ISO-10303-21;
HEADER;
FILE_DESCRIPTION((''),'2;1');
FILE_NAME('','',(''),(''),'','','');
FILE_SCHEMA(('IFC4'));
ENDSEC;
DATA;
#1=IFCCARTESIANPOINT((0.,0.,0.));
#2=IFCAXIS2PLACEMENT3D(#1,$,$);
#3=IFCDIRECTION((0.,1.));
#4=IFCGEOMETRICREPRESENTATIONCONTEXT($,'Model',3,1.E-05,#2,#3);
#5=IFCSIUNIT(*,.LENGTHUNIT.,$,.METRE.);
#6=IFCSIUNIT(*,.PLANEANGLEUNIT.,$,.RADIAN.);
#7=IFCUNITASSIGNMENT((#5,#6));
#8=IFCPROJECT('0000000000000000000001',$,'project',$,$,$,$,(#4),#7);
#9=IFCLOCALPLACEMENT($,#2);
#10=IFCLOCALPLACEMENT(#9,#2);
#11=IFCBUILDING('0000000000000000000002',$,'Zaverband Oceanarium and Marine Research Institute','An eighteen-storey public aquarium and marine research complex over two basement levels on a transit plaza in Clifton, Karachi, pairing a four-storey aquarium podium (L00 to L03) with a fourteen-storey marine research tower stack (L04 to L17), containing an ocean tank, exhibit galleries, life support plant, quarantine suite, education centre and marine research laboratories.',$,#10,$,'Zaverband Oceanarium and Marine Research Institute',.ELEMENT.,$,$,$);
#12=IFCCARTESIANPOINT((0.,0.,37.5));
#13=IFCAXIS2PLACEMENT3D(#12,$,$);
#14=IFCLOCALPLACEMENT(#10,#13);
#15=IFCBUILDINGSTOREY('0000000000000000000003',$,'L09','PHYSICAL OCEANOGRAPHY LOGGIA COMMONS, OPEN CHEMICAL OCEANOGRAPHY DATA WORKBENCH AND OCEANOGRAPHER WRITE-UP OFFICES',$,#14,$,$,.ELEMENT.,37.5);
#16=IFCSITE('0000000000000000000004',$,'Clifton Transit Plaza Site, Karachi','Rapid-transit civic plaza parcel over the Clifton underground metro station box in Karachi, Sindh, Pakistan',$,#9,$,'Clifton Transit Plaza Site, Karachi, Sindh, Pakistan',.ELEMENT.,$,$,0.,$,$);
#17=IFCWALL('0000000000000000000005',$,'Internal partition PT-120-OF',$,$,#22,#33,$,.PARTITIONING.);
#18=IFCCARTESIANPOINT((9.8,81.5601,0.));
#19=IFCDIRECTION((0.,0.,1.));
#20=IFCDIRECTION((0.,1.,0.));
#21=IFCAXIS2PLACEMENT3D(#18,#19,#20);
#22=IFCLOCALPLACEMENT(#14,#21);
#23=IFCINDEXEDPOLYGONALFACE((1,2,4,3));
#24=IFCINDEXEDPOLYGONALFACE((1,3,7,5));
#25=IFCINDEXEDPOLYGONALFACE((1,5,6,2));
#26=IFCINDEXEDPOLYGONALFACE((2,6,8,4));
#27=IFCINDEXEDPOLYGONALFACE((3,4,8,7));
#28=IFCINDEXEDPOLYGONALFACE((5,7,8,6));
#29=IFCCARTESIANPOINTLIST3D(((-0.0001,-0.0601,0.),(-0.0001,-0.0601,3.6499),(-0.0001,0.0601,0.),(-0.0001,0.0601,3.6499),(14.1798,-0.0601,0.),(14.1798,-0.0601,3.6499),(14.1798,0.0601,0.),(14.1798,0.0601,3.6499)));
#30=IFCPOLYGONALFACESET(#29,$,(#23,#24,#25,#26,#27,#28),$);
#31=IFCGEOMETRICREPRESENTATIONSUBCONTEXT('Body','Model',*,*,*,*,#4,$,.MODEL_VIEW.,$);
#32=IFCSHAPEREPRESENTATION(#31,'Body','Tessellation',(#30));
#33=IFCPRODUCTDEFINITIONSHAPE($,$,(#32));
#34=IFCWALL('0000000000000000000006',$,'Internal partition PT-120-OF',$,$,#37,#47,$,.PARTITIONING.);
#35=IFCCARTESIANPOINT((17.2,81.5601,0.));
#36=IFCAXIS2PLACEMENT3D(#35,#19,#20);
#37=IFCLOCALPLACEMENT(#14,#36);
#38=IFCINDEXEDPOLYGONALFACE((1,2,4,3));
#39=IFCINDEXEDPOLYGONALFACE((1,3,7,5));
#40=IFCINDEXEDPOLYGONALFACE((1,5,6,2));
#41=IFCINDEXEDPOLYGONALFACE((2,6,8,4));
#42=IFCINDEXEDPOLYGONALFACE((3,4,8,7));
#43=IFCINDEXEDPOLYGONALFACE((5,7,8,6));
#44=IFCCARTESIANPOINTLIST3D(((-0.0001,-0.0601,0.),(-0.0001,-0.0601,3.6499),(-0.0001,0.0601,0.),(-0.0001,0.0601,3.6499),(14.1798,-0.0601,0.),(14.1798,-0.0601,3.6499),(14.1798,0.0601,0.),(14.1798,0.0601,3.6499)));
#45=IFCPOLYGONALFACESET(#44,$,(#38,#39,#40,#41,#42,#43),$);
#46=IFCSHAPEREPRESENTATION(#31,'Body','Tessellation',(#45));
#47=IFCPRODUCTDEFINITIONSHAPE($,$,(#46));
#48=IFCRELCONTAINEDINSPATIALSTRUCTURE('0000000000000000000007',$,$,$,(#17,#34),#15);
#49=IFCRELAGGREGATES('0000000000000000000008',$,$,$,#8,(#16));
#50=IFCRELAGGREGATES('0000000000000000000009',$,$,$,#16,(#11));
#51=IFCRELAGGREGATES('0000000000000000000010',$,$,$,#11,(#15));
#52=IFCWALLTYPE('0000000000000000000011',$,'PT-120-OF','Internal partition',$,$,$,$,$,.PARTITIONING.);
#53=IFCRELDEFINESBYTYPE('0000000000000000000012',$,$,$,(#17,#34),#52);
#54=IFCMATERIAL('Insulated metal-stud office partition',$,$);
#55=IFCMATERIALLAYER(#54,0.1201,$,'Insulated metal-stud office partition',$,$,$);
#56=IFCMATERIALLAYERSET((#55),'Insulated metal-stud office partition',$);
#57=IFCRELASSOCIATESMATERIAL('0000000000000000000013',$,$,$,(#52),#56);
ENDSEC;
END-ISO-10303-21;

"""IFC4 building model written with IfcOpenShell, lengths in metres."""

from ifc_helpers import new_model, si_unit, direction, frame, frame_2d, origin, place, context, subcontext, project, spatial, rectangle, extrude, material, layer, layer_set, type_object, element, save


model = new_model("IFC4")

# Units and contexts
model_context = context("Model", 3, precision=1e-05, world=origin(), true_north=direction((0.0, 1.0)))
body_context = subcontext(model_context, "Body", "Model", "MODEL_VIEW")
ifc_project = project(units=[si_unit("LENGTHUNIT", "METRE"), si_unit("PLANEANGLEUNIT", "RADIAN")], contexts=[model_context])

# Site, building, storey
site_placement = place(None, origin())
site = spatial("IfcSite", under=ifc_project, at=site_placement, Name="Clifton Transit Plaza Site, Karachi", Description="Rapid-transit civic plaza parcel over the Clifton underground metro station box in Karachi, Sindh, Pakistan", LongName="Clifton Transit Plaza Site, Karachi, Sindh, Pakistan", CompositionType="ELEMENT", RefElevation=0.0)
building_placement = place(site_placement, origin())
building = spatial("IfcBuilding", under=site, at=building_placement, Name="Zaverband Oceanarium and Marine Research Institute", Description="An eighteen-storey public aquarium and marine research complex over two basement levels on a transit plaza in Clifton, Karachi, pairing a four-storey aquarium podium (L00 to L03) with a fourteen-storey marine research tower stack (L04 to L17), containing an ocean tank, exhibit galleries, life support plant, quarantine suite, education centre and marine research laboratories.", LongName="Zaverband Oceanarium and Marine Research Institute", CompositionType="ELEMENT")
storey_placement = place(building_placement, frame((0.0, 0.0, 37.5)))
storey = spatial("IfcBuildingStorey", under=building, at=storey_placement, Name="L09", Description="PHYSICAL OCEANOGRAPHY LOGGIA COMMONS, OPEN CHEMICAL OCEANOGRAPHY DATA WORKBENCH AND OCEANOGRAPHER WRITE-UP OFFICES", CompositionType="ELEMENT", Elevation=37.5)

# Walls
ifc_material_1 = material(Name="Insulated metal-stud office partition")
ifc_layer_1 = layer(ifc_material_1, 0.1201, Name="Insulated metal-stud office partition")
ifc_layer_set_1 = layer_set([ifc_layer_1], Name="Insulated metal-stud office partition")
wall_type_1 = type_object("IfcWallType", Name="PT-120-OF", Description="Internal partition", PredefinedType="PARTITIONING", material=ifc_layer_set_1)
for number, where, z_axis, x_axis, name in (
    (1, (9.8, 81.5601, 0.0), (0.0, 0.0, 1.0), (0.0, 1.0, 0.0), "Internal partition PT-120-OF"),
    (2, (17.2, 81.5601, 0.0), (0.0, 0.0, 1.0), (0.0, 1.0, 0.0), "Internal partition PT-120-OF"),
):
    element("IfcWall", number, at=place(storey_placement, frame(where, z_axis=z_axis, x_axis=x_axis)), inside=storey, type_object=wall_type_1, Name=name, PredefinedType="PARTITIONING", context=body_context, shape_type="SweptSolid", body=[
        extrude(rectangle(XDim=14.1799, YDim=0.1201, at=frame_2d((7.0898, 0.0))), origin(), (0.0, 0.0, 1.0), 3.6499),
    ])

save(model, "model.ifc")
